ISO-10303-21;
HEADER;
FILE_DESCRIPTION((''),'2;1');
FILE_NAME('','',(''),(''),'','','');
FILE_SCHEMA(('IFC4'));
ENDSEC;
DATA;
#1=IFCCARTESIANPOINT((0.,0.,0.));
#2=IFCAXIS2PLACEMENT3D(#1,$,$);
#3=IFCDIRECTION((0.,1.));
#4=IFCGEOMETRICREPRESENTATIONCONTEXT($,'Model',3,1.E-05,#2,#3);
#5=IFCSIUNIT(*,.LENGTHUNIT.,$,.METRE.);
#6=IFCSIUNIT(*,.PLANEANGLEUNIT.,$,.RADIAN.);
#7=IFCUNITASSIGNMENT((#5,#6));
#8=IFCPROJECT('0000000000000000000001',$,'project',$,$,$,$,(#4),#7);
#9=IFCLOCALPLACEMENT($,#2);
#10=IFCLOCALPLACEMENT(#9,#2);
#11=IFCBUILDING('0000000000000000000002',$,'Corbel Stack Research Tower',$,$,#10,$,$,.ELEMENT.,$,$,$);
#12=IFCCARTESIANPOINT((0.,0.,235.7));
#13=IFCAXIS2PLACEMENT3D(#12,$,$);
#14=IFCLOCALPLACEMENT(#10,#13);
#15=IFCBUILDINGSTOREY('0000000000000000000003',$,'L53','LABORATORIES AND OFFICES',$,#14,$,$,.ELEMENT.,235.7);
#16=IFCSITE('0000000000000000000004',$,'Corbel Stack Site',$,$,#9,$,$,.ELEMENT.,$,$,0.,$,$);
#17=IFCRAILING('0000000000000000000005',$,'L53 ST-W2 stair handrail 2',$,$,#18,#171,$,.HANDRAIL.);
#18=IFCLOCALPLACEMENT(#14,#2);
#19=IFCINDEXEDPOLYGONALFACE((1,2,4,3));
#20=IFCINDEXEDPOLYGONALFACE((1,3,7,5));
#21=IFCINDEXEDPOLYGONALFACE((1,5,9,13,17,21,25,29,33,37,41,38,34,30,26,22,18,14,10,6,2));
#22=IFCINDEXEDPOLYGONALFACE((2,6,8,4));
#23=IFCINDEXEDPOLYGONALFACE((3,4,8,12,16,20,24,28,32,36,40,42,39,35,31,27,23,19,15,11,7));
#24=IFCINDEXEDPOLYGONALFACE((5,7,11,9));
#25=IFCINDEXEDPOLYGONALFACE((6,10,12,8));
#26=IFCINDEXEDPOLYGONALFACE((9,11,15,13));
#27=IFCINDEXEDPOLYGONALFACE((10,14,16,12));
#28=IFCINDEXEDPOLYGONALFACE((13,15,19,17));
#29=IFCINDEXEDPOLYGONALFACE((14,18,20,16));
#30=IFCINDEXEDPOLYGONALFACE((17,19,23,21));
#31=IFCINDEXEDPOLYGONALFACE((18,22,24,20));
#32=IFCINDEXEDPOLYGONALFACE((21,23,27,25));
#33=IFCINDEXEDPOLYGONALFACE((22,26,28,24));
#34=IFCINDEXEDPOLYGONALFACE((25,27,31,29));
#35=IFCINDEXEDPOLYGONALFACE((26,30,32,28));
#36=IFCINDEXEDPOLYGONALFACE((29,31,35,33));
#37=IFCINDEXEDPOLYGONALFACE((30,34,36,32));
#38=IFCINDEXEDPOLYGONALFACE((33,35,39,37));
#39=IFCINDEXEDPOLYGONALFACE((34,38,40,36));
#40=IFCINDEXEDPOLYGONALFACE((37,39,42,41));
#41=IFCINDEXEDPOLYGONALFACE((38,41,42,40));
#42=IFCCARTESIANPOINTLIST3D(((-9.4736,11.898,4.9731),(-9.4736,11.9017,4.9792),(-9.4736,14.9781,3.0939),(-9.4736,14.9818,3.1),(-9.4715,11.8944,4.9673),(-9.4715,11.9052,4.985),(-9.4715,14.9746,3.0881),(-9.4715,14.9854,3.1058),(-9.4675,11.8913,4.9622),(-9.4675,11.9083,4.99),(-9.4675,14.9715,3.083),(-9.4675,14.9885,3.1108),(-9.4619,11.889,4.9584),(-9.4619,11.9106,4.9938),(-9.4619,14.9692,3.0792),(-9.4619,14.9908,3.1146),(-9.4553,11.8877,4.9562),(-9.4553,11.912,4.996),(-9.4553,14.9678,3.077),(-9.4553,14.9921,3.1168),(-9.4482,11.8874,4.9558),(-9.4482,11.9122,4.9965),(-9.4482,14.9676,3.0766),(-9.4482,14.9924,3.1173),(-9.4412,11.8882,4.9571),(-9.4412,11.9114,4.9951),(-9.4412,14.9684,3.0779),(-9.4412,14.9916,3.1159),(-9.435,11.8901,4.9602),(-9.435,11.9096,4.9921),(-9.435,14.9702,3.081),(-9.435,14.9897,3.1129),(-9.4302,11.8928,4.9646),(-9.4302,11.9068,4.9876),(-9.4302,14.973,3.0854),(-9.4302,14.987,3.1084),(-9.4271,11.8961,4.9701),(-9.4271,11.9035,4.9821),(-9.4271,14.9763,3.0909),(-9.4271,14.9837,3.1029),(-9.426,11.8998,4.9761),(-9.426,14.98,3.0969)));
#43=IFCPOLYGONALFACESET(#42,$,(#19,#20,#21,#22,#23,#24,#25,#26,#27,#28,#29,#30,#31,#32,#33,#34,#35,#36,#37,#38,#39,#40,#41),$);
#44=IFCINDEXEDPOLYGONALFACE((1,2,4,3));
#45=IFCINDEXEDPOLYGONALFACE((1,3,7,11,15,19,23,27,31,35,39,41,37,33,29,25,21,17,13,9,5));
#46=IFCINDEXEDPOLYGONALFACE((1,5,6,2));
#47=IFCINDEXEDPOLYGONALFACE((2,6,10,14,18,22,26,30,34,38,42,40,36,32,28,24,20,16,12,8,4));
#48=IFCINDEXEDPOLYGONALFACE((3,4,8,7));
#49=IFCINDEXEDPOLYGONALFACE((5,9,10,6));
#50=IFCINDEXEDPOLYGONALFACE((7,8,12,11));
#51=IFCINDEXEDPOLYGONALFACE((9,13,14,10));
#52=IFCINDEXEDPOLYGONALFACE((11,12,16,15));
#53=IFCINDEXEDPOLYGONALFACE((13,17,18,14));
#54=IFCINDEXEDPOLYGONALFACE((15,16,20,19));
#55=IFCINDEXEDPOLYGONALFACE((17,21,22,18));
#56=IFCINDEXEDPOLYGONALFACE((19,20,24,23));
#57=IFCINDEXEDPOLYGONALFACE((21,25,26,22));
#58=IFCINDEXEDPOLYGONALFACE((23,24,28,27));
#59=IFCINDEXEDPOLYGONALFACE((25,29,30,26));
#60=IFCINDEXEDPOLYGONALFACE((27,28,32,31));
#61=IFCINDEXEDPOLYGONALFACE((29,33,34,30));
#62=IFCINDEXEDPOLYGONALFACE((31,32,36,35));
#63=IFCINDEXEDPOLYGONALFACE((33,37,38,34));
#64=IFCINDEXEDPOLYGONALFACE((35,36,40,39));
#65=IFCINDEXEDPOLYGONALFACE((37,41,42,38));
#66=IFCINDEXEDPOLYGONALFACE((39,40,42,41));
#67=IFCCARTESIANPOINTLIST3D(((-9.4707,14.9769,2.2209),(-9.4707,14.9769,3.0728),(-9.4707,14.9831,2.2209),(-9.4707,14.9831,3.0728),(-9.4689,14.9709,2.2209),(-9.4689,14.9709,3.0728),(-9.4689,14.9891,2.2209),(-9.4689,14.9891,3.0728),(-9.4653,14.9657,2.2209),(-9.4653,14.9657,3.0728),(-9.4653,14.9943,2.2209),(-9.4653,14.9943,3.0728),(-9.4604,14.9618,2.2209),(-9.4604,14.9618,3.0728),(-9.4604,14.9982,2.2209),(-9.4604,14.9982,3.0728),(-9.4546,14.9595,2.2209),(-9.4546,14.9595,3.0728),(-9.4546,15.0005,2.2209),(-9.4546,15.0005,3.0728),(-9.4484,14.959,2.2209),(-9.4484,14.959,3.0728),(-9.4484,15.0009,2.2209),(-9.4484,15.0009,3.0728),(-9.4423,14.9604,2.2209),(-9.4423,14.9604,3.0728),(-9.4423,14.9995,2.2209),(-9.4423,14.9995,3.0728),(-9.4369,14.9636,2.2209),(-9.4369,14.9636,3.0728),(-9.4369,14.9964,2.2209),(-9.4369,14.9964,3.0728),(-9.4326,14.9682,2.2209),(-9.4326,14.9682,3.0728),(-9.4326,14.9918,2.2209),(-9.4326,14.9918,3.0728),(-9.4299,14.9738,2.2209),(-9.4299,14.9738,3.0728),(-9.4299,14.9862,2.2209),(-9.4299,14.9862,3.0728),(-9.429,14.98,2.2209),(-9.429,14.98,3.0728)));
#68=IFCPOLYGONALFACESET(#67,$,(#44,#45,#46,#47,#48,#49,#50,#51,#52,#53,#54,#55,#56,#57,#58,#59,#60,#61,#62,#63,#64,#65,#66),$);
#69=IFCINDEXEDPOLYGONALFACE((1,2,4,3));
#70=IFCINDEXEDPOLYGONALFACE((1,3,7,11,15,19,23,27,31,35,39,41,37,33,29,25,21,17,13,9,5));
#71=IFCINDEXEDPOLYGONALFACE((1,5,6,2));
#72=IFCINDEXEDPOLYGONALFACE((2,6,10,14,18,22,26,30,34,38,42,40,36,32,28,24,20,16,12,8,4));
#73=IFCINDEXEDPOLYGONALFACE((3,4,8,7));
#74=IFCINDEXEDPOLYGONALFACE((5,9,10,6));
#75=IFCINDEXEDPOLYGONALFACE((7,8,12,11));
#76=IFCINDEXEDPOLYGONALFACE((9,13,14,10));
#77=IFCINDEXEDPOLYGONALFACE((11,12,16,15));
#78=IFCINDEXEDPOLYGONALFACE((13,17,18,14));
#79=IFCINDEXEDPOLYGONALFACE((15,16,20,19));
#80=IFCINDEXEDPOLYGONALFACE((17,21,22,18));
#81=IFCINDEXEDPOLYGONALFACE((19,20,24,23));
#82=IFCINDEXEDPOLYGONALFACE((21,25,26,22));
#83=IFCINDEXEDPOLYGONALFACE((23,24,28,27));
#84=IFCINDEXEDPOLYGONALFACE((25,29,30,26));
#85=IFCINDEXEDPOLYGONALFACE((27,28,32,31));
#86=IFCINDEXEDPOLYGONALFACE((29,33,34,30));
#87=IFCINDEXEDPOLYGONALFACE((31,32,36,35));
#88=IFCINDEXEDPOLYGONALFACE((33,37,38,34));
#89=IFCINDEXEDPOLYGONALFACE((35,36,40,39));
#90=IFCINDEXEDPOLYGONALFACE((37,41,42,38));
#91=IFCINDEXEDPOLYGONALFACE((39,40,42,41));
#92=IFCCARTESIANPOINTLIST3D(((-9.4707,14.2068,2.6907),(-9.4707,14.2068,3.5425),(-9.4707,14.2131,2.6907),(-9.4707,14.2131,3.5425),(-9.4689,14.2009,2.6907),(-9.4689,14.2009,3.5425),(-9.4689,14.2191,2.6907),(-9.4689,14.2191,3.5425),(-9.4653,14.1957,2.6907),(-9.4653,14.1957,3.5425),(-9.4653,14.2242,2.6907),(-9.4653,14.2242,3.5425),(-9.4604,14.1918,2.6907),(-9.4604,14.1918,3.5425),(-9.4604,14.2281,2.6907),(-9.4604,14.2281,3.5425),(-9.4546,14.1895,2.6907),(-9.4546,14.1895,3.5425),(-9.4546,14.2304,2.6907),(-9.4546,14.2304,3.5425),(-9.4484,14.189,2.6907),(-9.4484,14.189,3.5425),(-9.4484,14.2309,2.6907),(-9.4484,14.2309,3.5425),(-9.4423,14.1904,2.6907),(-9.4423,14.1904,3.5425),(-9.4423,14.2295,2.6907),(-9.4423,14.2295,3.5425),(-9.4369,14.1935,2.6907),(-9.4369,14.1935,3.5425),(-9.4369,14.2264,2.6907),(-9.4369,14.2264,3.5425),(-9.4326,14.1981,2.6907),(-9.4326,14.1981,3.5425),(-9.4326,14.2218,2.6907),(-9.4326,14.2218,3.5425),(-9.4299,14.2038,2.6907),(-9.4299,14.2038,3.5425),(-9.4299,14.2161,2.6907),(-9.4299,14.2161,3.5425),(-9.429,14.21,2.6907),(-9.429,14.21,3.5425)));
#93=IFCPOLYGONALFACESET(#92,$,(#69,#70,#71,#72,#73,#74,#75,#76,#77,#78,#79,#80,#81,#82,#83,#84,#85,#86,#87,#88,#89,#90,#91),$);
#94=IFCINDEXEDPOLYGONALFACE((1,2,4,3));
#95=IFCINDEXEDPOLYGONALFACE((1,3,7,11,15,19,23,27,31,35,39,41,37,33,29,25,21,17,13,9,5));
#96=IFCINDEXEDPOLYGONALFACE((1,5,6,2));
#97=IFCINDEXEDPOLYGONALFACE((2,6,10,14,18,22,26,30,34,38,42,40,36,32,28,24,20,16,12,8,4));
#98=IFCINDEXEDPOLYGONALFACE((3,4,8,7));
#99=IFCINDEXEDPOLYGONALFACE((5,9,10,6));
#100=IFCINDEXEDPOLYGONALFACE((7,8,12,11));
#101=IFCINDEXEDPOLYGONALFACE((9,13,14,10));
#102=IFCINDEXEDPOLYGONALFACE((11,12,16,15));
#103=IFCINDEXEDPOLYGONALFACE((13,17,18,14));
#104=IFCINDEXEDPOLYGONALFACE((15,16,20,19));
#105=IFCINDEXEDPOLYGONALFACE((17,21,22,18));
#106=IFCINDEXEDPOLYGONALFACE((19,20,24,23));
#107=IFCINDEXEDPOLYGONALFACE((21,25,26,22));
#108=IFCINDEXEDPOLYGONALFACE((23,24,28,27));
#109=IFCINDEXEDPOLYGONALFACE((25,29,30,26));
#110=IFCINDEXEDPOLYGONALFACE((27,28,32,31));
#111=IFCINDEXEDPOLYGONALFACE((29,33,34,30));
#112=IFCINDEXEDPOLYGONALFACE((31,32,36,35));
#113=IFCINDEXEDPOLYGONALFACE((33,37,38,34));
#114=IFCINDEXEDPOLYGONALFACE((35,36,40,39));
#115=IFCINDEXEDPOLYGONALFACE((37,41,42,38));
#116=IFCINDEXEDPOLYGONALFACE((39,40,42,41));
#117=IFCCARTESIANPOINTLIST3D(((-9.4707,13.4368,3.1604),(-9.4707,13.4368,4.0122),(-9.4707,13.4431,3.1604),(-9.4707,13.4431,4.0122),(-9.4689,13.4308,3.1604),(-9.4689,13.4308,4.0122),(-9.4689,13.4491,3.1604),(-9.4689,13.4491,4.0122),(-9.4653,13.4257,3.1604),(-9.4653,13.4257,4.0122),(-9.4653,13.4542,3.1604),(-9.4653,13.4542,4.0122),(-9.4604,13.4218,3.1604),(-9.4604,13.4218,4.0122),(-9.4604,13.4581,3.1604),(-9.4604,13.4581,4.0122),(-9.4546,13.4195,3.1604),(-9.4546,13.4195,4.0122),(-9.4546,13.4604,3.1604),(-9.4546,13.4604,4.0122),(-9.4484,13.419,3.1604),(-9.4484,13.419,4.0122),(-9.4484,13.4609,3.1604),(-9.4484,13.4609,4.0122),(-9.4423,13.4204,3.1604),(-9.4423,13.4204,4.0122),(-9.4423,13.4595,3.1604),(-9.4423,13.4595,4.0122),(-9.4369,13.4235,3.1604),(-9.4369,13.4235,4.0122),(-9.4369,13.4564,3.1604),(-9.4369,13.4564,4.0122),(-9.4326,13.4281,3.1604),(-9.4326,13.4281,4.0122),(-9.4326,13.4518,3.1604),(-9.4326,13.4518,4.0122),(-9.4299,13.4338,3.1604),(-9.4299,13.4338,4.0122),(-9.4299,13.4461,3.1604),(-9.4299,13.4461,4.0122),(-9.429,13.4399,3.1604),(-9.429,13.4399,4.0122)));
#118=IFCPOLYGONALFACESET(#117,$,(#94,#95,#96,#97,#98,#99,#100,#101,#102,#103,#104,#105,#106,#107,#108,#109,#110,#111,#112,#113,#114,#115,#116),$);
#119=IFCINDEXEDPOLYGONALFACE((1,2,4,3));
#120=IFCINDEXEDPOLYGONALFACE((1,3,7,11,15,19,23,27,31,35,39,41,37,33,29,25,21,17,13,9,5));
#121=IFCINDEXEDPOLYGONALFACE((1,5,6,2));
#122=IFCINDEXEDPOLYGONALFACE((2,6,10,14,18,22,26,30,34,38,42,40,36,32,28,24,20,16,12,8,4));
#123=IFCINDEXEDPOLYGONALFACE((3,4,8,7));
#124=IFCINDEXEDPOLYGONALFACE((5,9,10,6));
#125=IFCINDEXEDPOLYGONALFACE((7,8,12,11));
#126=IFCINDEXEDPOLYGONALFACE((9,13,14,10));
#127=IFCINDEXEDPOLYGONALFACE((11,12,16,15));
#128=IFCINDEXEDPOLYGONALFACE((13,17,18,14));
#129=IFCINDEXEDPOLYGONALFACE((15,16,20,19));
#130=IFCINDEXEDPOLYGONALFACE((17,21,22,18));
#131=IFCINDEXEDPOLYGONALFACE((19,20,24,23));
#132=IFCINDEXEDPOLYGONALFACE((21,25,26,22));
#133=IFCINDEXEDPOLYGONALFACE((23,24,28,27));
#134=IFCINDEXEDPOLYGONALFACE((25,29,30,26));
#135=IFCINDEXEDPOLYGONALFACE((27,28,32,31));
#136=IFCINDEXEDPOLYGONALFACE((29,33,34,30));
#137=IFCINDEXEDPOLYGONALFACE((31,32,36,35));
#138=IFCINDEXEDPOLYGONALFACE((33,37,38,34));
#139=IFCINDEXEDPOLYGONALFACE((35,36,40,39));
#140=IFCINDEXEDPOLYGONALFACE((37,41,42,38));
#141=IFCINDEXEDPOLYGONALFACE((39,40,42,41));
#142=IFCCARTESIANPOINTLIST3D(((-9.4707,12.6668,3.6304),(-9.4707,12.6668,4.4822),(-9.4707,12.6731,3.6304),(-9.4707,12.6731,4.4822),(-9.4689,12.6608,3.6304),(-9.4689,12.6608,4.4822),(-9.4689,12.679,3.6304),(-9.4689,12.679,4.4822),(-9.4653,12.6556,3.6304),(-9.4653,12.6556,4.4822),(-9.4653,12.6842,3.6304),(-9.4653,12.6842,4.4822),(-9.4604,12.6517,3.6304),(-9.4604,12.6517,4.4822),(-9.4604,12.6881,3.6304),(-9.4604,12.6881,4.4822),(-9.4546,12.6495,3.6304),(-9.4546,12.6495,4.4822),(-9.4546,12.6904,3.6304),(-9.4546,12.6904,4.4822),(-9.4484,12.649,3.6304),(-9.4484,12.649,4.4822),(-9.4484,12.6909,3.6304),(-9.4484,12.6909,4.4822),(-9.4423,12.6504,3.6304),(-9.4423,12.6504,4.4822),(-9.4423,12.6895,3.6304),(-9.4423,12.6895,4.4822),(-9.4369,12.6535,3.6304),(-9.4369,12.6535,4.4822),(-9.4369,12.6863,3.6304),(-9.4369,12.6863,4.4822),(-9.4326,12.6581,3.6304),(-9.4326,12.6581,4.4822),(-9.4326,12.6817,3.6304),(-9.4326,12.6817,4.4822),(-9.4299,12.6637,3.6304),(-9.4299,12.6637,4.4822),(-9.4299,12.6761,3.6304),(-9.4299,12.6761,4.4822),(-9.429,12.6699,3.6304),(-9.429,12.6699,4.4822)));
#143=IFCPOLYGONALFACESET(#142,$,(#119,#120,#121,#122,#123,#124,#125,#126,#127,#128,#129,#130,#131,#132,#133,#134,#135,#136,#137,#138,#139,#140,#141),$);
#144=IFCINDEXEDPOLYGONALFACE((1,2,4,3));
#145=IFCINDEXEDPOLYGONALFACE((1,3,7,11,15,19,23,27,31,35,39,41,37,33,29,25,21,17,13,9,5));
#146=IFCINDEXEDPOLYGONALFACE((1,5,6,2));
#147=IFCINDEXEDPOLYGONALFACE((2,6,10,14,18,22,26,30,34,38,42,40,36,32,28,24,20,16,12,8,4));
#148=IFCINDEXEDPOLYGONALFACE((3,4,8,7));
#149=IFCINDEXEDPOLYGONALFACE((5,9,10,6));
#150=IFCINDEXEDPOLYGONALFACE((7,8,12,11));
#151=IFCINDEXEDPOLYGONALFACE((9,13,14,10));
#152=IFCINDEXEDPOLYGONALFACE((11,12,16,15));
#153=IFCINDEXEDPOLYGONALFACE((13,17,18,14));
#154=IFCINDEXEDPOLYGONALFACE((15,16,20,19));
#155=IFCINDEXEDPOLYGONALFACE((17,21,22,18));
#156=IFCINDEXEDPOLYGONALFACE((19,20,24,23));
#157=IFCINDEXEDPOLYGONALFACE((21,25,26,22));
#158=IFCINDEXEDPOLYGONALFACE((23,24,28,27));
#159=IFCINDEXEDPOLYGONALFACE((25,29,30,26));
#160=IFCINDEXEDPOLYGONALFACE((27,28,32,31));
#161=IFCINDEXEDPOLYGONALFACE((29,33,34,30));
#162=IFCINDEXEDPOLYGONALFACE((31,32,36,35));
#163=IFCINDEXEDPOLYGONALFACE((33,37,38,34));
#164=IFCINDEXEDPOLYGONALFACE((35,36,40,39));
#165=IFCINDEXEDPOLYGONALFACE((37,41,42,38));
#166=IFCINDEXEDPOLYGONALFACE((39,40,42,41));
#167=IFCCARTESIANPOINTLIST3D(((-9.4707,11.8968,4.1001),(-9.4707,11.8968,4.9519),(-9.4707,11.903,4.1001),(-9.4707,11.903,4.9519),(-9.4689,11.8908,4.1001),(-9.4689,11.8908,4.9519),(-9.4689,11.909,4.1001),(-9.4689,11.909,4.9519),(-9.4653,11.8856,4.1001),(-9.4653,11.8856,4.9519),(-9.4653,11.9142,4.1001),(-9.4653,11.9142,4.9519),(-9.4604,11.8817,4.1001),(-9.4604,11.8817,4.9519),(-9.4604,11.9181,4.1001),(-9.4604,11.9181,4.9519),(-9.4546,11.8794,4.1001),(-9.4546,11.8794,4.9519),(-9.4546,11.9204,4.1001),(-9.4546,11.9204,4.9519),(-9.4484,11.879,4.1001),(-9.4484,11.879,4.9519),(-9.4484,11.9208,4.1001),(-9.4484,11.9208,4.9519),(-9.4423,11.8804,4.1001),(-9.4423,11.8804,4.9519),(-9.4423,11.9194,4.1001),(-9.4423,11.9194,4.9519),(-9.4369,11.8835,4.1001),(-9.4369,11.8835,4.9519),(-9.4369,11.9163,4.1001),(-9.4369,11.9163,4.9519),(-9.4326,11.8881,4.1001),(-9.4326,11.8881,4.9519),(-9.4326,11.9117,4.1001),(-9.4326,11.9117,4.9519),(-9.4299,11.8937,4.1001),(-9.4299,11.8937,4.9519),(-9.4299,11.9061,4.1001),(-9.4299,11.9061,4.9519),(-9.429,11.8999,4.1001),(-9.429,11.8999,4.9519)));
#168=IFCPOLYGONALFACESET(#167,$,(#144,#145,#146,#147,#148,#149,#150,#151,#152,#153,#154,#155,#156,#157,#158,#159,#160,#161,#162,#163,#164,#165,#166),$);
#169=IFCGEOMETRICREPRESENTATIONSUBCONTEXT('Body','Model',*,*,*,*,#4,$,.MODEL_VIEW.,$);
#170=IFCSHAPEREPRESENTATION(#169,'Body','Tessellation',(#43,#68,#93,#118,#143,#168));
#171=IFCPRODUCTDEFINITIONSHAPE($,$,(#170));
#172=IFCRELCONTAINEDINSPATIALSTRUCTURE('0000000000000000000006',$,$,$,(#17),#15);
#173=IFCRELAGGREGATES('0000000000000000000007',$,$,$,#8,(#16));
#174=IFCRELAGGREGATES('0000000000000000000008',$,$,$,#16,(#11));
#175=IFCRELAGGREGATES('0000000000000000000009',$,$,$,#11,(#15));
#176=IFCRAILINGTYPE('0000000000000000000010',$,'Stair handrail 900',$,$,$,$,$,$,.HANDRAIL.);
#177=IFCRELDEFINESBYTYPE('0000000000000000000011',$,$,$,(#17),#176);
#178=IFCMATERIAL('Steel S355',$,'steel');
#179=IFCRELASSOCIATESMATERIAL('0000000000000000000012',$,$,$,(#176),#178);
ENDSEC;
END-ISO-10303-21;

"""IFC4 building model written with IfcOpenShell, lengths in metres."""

from ifc_helpers import new_model, si_unit, direction, frame, origin, origin_2d, place, context, subcontext, project, spatial, circle, extrude, material, type_object, element, save


model = new_model("IFC4")

# Units and contexts
model_context = context("Model", 3, precision=1e-05, world=origin(), true_north=direction((0.0, 1.0)))
body_context = subcontext(model_context, "Body", "Model", "MODEL_VIEW")
ifc_project = project(units=[si_unit("LENGTHUNIT", "METRE"), si_unit("PLANEANGLEUNIT", "RADIAN")], contexts=[model_context])

# Site, building, storey
site_placement = place(None, origin())
site = spatial("IfcSite", under=ifc_project, at=site_placement, Name="Corbel Stack Site", CompositionType="ELEMENT", RefElevation=0.0)
building_placement = place(site_placement, origin())
building = spatial("IfcBuilding", under=site, at=building_placement, Name="Corbel Stack Research Tower", CompositionType="ELEMENT")
storey_placement = place(building_placement, frame((0.0, 0.0, 235.7)))
storey = spatial("IfcBuildingStorey", under=building, at=storey_placement, Name="L53", Description="LABORATORIES AND OFFICES", CompositionType="ELEMENT", Elevation=235.7)

# Railing
ifc_material_1 = material(Name="Steel S355", Category="steel")
railing_type_1 = type_object("IfcRailingType", Name="Stair handrail 900", PredefinedType="HANDRAIL", material=ifc_material_1)
railing_1_placement = place(storey_placement, frame((-9.45, 14.98, 2.2209)))
element("IfcRailing", 1, at=railing_1_placement, inside=storey, type_object=railing_type_1, Name="L53 ST-W2 stair handrail 2", PredefinedType="HANDRAIL", context=body_context, shape_type="SweptSolid", body=[
    extrude(circle(Radius=0.0239, at=origin_2d()), frame((0.0, 0.0, 0.876), z_axis=(0.0, -0.853666, 0.52082), x_axis=(1.0, 0.0, 0.0)), (0.0, 0.0, 1.0), 3.6082),
    extrude(circle(Radius=0.021, at=origin_2d()), origin(), (0.0, 0.0, 1.0), 0.8518),
    extrude(circle(Radius=0.021, at=origin_2d()), frame((0.0, -0.77, 0.4697)), (0.0, 0.0, 1.0), 0.8518),
    extrude(circle(Radius=0.021, at=origin_2d()), frame((0.0, -1.54, 0.9395)), (0.0, 0.0, 1.0), 0.8518),
    extrude(circle(Radius=0.021, at=origin_2d()), frame((0.0, -2.3101, 1.4094)), (0.0, 0.0, 1.0), 0.8518),
    extrude(circle(Radius=0.021, at=origin_2d()), frame((0.0, -3.0801, 1.8792)), (0.0, 0.0, 1.0), 0.8518),
])

save(model, "model.ifc")
